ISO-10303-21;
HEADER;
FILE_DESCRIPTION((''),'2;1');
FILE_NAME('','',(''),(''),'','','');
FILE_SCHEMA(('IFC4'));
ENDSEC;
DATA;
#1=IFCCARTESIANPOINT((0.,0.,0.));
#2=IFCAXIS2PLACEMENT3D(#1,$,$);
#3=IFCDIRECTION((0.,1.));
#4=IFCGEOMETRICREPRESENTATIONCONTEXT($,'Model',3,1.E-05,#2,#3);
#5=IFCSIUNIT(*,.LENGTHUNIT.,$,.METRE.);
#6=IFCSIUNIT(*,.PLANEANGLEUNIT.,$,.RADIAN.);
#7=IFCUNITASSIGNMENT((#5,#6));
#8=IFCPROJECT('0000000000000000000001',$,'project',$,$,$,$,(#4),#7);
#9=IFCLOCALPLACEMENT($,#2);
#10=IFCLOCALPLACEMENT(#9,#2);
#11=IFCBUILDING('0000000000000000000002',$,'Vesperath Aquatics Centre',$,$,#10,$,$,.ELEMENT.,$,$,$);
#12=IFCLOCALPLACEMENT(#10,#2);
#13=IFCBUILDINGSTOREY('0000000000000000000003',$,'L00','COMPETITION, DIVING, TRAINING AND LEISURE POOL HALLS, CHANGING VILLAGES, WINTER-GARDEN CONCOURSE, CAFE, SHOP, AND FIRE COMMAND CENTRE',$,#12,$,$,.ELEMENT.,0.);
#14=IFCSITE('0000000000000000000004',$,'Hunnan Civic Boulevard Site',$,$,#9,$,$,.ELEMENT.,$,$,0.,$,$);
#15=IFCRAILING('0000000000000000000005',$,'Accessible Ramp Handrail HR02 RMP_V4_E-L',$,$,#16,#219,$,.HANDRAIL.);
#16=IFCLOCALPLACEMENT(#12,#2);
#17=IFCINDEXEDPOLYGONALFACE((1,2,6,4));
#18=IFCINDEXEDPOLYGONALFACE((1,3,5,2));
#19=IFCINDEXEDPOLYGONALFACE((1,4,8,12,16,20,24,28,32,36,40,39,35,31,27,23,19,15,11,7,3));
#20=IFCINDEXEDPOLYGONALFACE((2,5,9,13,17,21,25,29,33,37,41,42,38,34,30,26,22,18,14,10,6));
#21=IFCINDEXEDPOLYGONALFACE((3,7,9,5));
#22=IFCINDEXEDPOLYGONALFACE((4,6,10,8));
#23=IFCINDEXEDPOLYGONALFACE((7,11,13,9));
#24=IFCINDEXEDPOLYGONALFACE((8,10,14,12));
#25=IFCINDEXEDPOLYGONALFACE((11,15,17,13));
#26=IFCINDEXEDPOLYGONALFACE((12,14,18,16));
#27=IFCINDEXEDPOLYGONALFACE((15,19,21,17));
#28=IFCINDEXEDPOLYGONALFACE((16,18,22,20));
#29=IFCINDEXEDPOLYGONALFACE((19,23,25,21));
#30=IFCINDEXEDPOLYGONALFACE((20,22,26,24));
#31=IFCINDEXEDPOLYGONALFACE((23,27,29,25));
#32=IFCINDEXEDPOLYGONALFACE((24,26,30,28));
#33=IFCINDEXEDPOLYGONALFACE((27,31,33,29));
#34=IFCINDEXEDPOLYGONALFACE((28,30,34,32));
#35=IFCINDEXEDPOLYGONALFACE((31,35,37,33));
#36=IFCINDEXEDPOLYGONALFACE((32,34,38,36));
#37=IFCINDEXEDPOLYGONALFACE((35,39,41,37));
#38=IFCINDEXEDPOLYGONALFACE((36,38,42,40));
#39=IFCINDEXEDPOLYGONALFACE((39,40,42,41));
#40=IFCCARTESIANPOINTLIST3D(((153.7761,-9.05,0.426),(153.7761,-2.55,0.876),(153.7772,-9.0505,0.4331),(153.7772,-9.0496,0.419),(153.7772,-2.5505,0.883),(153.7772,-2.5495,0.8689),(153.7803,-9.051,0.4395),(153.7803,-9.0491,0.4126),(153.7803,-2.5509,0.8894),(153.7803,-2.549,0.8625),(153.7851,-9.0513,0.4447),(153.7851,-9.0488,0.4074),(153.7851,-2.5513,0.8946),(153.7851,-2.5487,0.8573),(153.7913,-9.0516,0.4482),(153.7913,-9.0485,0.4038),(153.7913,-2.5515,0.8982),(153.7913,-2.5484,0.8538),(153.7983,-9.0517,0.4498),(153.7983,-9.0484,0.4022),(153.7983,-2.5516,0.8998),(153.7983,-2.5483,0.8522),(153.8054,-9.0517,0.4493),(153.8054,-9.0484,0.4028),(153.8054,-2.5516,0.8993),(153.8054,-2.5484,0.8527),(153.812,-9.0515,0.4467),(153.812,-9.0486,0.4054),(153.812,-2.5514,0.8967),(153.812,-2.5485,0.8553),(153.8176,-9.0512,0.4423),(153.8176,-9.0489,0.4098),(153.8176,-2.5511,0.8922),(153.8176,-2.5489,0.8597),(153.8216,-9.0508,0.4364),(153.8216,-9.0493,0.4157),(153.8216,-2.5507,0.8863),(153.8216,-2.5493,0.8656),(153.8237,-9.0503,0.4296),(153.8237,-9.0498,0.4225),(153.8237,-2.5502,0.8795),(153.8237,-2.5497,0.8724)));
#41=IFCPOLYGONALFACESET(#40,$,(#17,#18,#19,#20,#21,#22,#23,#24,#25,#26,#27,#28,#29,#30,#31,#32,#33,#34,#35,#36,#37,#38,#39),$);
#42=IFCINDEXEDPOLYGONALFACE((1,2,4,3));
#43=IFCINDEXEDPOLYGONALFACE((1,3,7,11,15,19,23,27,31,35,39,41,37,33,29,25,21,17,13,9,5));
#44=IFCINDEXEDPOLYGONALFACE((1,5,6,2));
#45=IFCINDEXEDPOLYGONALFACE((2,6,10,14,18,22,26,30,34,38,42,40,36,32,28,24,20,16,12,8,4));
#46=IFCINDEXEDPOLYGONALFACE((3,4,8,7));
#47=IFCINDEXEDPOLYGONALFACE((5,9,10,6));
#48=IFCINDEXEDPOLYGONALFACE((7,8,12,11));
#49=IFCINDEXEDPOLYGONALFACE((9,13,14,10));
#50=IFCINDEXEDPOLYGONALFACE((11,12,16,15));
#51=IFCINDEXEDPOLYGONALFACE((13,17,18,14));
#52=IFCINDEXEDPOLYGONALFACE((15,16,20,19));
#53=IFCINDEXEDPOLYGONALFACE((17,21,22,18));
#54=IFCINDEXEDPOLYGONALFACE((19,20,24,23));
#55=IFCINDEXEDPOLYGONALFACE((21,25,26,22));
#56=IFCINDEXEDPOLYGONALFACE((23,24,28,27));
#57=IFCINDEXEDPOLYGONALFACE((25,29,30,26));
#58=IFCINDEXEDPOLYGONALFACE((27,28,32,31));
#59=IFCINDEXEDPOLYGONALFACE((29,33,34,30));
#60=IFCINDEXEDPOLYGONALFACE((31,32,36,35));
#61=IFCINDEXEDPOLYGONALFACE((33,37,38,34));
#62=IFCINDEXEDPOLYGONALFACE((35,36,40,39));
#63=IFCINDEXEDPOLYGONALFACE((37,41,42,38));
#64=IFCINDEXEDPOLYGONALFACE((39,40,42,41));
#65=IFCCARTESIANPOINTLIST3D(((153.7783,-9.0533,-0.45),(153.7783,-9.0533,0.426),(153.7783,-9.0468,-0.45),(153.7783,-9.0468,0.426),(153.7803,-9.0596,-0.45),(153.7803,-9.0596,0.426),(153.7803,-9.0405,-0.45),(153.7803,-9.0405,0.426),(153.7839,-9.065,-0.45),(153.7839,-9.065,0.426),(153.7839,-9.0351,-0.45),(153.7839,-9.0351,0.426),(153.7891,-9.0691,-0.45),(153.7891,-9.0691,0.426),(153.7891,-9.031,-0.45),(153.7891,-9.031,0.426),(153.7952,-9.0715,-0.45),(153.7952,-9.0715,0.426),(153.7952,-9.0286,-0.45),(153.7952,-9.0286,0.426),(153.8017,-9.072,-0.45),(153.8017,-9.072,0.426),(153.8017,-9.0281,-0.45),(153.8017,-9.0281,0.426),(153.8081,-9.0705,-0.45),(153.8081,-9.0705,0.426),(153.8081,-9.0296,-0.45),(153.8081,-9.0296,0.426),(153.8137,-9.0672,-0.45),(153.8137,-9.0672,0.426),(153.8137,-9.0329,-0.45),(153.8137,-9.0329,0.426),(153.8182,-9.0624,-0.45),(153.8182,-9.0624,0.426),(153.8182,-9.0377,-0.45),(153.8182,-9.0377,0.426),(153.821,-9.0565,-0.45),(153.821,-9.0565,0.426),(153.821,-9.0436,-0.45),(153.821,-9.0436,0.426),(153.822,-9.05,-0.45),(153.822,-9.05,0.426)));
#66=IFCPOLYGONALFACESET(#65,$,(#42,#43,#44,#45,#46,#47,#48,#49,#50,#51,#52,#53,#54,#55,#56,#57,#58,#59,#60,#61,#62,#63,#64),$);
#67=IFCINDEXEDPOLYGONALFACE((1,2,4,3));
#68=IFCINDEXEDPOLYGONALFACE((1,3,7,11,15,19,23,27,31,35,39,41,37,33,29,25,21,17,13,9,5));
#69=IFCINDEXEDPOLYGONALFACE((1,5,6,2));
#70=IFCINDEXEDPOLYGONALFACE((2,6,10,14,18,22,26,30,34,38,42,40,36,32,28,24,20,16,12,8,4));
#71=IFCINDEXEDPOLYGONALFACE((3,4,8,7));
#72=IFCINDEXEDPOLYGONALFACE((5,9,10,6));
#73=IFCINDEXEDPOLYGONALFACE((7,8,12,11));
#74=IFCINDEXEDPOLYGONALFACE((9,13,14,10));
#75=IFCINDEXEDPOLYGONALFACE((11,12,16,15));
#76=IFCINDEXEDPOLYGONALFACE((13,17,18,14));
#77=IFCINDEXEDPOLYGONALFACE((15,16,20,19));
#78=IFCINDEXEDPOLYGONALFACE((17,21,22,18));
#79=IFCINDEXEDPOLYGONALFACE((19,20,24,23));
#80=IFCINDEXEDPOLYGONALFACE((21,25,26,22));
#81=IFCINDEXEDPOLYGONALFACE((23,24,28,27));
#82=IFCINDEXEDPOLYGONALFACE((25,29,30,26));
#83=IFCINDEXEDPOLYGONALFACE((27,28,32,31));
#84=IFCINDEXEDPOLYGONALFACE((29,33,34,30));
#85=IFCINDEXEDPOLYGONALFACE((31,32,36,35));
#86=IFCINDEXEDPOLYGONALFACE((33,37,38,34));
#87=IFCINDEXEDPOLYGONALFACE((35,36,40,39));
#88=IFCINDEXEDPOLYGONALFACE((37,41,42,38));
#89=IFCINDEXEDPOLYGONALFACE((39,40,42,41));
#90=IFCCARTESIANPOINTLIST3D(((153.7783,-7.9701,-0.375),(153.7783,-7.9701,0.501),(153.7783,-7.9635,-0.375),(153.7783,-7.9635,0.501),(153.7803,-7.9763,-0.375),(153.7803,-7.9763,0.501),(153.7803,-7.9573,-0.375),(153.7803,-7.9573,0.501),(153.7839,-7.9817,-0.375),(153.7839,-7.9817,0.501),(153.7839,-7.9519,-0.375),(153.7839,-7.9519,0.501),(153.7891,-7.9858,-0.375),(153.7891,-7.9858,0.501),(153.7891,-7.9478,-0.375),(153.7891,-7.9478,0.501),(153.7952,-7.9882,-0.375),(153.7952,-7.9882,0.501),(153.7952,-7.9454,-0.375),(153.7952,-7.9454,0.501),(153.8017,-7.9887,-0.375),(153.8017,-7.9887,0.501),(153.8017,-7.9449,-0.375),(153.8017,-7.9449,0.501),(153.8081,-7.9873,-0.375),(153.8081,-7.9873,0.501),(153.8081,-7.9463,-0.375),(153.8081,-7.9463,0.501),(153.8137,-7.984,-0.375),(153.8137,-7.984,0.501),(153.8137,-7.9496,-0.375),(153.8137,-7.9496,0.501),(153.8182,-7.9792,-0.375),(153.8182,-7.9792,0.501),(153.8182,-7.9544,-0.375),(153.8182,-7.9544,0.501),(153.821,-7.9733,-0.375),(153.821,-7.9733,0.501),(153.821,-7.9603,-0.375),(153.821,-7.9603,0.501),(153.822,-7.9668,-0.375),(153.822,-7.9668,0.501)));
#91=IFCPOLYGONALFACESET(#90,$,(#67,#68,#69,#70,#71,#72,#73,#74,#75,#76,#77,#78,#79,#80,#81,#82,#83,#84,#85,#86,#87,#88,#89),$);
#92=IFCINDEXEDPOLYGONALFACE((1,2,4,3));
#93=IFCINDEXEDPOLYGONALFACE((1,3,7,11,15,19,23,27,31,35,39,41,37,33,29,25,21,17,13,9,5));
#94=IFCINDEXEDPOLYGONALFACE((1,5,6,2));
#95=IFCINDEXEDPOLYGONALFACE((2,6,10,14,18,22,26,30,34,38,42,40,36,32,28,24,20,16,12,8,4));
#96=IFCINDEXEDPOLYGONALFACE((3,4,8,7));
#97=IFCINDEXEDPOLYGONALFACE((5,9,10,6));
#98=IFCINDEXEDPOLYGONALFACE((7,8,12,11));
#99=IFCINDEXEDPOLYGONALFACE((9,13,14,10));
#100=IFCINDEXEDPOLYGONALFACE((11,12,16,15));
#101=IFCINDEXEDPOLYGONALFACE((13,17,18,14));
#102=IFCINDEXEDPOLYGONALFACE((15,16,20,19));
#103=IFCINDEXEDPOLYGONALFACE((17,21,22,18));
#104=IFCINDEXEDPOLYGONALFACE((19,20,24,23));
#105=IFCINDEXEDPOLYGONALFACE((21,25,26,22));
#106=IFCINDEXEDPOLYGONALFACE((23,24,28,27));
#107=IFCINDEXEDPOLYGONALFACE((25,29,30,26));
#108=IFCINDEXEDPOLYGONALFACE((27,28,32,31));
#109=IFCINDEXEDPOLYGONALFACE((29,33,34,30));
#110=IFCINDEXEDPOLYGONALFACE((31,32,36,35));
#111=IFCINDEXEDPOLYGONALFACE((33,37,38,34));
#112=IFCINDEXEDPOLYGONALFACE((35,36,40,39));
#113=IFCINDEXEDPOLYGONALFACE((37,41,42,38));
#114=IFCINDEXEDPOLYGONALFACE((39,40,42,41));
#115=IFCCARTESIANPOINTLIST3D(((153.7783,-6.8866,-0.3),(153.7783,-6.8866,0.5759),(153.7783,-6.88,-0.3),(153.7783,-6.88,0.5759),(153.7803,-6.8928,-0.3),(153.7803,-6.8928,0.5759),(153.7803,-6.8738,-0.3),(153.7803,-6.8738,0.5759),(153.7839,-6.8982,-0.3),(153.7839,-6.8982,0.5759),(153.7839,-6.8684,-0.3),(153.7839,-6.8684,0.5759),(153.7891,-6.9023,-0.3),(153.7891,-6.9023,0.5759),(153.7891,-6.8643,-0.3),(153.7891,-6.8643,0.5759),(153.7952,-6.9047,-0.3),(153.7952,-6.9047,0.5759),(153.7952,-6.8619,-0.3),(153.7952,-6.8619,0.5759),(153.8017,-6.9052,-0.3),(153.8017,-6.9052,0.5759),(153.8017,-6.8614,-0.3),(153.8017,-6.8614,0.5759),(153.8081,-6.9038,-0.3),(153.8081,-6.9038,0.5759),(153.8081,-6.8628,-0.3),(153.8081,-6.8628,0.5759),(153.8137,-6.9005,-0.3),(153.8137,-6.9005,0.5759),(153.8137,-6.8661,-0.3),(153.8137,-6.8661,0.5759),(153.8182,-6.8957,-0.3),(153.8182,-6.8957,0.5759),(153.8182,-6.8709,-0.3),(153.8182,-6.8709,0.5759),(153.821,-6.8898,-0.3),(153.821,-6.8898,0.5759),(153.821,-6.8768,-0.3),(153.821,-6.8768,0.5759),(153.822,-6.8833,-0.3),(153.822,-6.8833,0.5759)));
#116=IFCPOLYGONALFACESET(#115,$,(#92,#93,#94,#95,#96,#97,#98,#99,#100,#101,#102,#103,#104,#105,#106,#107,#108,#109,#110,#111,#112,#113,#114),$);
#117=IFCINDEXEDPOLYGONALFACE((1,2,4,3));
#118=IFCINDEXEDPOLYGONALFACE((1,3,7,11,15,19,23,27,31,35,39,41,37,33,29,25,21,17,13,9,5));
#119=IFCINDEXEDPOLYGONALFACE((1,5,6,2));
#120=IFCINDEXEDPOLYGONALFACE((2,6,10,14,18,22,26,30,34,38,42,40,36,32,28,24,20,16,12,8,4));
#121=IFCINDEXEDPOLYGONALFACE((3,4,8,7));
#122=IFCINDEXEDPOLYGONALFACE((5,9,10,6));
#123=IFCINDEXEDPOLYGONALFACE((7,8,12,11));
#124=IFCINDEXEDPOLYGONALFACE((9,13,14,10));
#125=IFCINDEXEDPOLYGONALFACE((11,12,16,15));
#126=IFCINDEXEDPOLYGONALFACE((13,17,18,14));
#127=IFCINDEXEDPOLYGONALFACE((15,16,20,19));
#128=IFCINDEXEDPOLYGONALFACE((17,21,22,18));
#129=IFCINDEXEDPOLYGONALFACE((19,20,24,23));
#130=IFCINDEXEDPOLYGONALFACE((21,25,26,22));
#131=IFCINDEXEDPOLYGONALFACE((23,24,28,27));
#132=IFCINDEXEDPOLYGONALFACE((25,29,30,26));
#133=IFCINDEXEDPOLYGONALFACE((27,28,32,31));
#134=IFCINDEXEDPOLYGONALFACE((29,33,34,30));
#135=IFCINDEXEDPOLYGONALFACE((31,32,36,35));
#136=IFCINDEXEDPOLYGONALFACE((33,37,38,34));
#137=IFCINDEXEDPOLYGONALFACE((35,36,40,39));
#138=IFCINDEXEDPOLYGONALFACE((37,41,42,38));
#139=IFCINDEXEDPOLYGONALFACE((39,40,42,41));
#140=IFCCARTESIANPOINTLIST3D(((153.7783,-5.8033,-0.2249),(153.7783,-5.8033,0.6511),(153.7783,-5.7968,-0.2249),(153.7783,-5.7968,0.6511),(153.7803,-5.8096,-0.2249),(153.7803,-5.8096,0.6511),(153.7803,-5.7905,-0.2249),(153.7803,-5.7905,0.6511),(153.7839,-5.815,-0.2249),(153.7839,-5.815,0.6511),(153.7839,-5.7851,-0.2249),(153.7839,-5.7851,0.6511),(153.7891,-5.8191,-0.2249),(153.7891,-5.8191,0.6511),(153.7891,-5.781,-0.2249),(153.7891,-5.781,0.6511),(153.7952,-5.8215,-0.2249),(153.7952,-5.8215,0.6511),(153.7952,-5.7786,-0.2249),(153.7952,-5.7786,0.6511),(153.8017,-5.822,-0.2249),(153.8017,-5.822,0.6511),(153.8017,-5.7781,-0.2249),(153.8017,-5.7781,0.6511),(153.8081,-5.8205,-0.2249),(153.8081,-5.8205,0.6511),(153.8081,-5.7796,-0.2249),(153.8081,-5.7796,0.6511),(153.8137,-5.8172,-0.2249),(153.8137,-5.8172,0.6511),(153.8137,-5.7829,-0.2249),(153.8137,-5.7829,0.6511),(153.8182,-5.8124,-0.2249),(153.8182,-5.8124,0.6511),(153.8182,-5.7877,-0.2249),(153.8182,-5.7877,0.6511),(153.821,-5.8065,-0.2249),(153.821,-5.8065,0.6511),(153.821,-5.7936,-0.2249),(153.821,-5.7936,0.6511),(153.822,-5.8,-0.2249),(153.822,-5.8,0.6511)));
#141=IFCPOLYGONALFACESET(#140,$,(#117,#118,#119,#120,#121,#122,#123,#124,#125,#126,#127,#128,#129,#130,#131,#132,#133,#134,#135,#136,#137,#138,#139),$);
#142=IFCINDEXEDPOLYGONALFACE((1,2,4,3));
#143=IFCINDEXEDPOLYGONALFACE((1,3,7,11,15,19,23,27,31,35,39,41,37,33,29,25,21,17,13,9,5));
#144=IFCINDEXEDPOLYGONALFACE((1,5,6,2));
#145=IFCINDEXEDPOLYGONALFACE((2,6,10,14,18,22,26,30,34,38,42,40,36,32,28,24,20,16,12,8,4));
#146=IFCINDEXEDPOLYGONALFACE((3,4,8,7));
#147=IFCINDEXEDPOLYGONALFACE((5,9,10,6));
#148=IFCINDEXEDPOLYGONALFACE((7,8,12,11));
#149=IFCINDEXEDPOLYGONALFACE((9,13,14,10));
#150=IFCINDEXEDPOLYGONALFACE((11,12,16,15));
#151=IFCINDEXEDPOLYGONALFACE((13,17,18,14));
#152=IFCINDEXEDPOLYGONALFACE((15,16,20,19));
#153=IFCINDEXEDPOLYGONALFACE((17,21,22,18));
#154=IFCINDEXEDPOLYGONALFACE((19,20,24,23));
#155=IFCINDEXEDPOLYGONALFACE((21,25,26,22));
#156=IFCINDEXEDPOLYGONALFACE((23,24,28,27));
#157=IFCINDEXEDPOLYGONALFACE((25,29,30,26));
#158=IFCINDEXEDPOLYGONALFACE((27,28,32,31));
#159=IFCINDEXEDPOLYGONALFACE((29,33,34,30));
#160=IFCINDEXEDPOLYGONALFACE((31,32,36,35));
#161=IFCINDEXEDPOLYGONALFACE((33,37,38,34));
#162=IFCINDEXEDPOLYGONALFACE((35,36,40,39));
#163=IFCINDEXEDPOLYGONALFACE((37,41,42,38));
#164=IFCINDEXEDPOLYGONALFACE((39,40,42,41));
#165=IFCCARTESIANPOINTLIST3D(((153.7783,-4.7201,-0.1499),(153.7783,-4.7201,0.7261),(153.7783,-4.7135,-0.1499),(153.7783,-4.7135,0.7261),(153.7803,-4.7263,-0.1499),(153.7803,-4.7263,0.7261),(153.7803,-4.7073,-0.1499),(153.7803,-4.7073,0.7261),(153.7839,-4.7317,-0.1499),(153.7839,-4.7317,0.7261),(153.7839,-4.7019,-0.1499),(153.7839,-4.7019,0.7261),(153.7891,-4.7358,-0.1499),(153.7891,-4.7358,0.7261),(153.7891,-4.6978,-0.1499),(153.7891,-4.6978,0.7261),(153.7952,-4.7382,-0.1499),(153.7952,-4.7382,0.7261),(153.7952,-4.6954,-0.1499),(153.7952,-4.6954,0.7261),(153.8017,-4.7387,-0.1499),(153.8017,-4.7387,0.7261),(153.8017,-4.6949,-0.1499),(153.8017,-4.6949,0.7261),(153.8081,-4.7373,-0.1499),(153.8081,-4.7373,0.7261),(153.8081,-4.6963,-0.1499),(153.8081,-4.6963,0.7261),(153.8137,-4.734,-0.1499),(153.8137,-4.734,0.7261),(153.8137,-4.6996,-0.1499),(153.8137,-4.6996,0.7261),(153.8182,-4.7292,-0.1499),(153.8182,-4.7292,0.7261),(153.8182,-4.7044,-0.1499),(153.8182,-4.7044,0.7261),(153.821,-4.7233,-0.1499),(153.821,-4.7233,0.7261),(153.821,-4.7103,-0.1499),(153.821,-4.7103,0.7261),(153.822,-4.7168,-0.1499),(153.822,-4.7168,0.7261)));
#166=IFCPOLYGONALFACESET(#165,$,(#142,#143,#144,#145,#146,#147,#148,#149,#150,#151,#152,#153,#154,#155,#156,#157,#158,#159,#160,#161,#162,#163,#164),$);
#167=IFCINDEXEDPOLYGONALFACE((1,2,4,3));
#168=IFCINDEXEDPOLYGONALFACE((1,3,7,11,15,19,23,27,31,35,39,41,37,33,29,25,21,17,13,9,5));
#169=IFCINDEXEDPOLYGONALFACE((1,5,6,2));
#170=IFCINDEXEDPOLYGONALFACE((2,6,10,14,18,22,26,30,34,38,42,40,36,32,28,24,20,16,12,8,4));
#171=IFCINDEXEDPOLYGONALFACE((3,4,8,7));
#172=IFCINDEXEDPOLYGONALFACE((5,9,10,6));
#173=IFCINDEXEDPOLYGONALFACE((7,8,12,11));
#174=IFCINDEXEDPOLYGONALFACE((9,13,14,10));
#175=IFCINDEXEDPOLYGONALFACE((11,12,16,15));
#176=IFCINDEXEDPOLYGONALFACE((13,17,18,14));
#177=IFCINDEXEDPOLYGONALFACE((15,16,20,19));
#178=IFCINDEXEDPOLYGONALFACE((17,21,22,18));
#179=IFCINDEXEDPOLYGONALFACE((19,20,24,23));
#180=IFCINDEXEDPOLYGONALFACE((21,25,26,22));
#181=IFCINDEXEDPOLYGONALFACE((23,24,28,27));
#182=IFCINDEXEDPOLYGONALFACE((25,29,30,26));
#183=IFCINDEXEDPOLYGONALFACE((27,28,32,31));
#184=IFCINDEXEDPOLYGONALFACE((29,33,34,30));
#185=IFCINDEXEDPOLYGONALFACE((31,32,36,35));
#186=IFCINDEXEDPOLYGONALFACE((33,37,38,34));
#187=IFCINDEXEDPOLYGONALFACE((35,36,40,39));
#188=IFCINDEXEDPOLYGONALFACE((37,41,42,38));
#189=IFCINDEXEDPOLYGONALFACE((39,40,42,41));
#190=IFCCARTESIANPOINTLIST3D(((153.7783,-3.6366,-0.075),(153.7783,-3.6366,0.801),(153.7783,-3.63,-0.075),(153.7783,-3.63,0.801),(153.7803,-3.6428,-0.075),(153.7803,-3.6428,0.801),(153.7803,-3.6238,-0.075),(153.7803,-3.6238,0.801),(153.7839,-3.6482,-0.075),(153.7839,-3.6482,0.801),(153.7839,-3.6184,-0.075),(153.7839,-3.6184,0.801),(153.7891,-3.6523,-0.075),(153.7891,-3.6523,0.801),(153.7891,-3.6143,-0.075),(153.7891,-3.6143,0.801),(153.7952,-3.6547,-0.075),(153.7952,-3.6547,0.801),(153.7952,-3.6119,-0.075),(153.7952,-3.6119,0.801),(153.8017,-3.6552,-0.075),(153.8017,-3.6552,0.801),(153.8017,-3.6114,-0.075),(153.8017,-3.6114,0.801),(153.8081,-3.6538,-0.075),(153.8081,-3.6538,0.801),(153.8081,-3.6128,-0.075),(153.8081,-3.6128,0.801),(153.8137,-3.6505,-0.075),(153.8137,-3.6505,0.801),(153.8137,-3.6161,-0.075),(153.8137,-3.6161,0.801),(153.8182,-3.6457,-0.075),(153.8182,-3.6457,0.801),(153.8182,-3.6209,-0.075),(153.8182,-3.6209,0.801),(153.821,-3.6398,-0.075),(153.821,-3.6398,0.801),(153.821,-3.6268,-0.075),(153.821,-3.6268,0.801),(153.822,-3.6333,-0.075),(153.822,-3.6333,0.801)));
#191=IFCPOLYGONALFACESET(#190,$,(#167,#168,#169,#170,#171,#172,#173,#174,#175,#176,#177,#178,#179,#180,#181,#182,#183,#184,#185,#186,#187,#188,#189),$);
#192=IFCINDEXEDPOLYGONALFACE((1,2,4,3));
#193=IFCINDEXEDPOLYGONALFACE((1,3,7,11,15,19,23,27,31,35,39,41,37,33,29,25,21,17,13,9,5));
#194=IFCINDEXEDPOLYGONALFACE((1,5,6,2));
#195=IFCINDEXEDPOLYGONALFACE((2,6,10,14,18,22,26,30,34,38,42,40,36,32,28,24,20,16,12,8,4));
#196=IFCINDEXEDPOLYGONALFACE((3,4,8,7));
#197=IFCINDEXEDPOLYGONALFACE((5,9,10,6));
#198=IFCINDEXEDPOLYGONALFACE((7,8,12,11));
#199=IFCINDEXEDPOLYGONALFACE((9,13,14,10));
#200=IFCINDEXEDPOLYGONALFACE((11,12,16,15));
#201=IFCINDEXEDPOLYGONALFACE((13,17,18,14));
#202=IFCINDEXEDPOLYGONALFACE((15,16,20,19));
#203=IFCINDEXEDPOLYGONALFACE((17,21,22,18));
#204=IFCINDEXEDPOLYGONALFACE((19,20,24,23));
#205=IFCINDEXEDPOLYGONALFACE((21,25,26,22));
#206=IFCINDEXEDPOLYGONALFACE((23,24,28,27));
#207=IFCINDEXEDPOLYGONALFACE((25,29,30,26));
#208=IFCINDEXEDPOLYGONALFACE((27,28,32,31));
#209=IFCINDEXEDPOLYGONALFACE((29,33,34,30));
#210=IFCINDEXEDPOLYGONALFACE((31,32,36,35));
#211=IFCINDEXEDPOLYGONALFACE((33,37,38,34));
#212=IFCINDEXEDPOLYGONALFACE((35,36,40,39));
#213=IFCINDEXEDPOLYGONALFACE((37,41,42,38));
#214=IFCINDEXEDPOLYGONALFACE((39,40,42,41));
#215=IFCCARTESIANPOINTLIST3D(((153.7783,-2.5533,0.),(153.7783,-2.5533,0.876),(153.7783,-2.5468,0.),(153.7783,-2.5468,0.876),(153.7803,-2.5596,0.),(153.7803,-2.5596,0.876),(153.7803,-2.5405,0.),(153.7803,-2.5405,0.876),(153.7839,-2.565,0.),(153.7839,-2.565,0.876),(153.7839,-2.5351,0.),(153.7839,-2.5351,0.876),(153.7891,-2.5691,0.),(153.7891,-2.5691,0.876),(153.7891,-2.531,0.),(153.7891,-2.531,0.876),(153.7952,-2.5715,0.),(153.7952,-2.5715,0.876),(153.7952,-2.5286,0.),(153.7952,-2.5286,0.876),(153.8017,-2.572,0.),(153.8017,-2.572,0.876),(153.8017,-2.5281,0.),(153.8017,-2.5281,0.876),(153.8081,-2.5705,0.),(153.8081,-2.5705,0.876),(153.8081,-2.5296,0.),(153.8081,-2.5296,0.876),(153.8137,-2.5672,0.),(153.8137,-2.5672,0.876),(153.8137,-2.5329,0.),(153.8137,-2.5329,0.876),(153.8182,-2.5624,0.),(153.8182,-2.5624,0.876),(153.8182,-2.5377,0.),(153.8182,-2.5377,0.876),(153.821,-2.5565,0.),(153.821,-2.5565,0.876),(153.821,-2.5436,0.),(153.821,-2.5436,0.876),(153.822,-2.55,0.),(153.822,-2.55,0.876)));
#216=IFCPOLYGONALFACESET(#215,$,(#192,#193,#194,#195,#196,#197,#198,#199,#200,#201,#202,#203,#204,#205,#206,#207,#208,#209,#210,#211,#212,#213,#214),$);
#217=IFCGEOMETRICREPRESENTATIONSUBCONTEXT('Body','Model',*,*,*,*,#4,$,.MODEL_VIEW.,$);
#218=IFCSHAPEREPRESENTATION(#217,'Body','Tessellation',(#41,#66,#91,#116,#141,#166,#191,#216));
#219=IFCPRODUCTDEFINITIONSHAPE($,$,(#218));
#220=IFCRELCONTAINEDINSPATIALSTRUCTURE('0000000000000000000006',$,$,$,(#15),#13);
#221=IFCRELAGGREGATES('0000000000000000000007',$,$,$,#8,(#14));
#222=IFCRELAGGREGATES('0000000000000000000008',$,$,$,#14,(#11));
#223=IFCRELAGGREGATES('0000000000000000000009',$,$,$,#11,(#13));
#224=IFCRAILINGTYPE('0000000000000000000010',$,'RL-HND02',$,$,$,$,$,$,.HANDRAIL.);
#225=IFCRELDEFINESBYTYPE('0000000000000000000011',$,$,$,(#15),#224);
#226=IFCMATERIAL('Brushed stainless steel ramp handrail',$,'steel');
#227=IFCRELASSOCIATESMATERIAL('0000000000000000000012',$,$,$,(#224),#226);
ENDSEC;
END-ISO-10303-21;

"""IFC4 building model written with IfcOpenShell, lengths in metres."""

from ifc_helpers import new_model, si_unit, direction, frame, origin, origin_2d, place, context, subcontext, project, spatial, circle, extrude, material, type_object, element, save


model = new_model("IFC4")

# Units and contexts
model_context = context("Model", 3, precision=1e-05, world=origin(), true_north=direction((0.0, 1.0)))
body_context = subcontext(model_context, "Body", "Model", "MODEL_VIEW")
ifc_project = project(units=[si_unit("LENGTHUNIT", "METRE"), si_unit("PLANEANGLEUNIT", "RADIAN")], contexts=[model_context])

# Site, building, storey
site_placement = place(None, origin())
site = spatial("IfcSite", under=ifc_project, at=site_placement, Name="Hunnan Civic Boulevard Site", CompositionType="ELEMENT", RefElevation=0.0)
building_placement = place(site_placement, origin())
building = spatial("IfcBuilding", under=site, at=building_placement, Name="Vesperath Aquatics Centre", CompositionType="ELEMENT")
storey_placement = place(building_placement, origin())
storey = spatial("IfcBuildingStorey", under=building, at=storey_placement, Name="L00", Description="COMPETITION, DIVING, TRAINING AND LEISURE POOL HALLS, CHANGING VILLAGES, WINTER-GARDEN CONCOURSE, CAFE, SHOP, AND FIRE COMMAND CENTRE", CompositionType="ELEMENT", Elevation=0.0)

# Railing
ifc_material_1 = material(Name="Brushed stainless steel ramp handrail", Category="steel")
railing_type = type_object("IfcRailingType", Name="RL-HND02", PredefinedType="HANDRAIL", material=ifc_material_1)
railing_placement = place(storey_placement, frame((153.8, -9.05, -0.45)))
element("IfcRailing", 1, at=railing_placement, inside=storey, type_object=railing_type, Name="Accessible Ramp Handrail HR02 RMP_V4_E-L", PredefinedType="HANDRAIL", context=body_context, shape_type="SweptSolid", body=[
    extrude(circle(Radius=0.0239, at=origin_2d()), frame((0.0, 0.0, 0.876), z_axis=(0.0, 0.997613, 0.069058), x_axis=(-1.0, 0.0, 0.0)), (0.0, 0.0, 1.0), 6.5156),
    extrude(circle(Radius=0.022, at=origin_2d()), origin(), (0.0, 0.0, 1.0), 0.876),
    extrude(circle(Radius=0.022, at=origin_2d()), frame((0.0, 1.0833, 0.075)), (0.0, 0.0, 1.0), 0.876),
    extrude(circle(Radius=0.022, at=origin_2d()), frame((0.0, 2.1667, 0.1499)), (0.0, 0.0, 1.0), 0.876),
    extrude(circle(Radius=0.022, at=origin_2d()), frame((0.0, 3.25, 0.2251)), (0.0, 0.0, 1.0), 0.876),
    extrude(circle(Radius=0.022, at=origin_2d()), frame((0.0, 4.3333, 0.3)), (0.0, 0.0, 1.0), 0.876),
    extrude(circle(Radius=0.022, at=origin_2d()), frame((0.0, 5.4167, 0.375)), (0.0, 0.0, 1.0), 0.876),
    extrude(circle(Radius=0.022, at=origin_2d()), frame((0.0, 6.5, 0.45)), (0.0, 0.0, 1.0), 0.876),
])

save(model, "model.ifc")
